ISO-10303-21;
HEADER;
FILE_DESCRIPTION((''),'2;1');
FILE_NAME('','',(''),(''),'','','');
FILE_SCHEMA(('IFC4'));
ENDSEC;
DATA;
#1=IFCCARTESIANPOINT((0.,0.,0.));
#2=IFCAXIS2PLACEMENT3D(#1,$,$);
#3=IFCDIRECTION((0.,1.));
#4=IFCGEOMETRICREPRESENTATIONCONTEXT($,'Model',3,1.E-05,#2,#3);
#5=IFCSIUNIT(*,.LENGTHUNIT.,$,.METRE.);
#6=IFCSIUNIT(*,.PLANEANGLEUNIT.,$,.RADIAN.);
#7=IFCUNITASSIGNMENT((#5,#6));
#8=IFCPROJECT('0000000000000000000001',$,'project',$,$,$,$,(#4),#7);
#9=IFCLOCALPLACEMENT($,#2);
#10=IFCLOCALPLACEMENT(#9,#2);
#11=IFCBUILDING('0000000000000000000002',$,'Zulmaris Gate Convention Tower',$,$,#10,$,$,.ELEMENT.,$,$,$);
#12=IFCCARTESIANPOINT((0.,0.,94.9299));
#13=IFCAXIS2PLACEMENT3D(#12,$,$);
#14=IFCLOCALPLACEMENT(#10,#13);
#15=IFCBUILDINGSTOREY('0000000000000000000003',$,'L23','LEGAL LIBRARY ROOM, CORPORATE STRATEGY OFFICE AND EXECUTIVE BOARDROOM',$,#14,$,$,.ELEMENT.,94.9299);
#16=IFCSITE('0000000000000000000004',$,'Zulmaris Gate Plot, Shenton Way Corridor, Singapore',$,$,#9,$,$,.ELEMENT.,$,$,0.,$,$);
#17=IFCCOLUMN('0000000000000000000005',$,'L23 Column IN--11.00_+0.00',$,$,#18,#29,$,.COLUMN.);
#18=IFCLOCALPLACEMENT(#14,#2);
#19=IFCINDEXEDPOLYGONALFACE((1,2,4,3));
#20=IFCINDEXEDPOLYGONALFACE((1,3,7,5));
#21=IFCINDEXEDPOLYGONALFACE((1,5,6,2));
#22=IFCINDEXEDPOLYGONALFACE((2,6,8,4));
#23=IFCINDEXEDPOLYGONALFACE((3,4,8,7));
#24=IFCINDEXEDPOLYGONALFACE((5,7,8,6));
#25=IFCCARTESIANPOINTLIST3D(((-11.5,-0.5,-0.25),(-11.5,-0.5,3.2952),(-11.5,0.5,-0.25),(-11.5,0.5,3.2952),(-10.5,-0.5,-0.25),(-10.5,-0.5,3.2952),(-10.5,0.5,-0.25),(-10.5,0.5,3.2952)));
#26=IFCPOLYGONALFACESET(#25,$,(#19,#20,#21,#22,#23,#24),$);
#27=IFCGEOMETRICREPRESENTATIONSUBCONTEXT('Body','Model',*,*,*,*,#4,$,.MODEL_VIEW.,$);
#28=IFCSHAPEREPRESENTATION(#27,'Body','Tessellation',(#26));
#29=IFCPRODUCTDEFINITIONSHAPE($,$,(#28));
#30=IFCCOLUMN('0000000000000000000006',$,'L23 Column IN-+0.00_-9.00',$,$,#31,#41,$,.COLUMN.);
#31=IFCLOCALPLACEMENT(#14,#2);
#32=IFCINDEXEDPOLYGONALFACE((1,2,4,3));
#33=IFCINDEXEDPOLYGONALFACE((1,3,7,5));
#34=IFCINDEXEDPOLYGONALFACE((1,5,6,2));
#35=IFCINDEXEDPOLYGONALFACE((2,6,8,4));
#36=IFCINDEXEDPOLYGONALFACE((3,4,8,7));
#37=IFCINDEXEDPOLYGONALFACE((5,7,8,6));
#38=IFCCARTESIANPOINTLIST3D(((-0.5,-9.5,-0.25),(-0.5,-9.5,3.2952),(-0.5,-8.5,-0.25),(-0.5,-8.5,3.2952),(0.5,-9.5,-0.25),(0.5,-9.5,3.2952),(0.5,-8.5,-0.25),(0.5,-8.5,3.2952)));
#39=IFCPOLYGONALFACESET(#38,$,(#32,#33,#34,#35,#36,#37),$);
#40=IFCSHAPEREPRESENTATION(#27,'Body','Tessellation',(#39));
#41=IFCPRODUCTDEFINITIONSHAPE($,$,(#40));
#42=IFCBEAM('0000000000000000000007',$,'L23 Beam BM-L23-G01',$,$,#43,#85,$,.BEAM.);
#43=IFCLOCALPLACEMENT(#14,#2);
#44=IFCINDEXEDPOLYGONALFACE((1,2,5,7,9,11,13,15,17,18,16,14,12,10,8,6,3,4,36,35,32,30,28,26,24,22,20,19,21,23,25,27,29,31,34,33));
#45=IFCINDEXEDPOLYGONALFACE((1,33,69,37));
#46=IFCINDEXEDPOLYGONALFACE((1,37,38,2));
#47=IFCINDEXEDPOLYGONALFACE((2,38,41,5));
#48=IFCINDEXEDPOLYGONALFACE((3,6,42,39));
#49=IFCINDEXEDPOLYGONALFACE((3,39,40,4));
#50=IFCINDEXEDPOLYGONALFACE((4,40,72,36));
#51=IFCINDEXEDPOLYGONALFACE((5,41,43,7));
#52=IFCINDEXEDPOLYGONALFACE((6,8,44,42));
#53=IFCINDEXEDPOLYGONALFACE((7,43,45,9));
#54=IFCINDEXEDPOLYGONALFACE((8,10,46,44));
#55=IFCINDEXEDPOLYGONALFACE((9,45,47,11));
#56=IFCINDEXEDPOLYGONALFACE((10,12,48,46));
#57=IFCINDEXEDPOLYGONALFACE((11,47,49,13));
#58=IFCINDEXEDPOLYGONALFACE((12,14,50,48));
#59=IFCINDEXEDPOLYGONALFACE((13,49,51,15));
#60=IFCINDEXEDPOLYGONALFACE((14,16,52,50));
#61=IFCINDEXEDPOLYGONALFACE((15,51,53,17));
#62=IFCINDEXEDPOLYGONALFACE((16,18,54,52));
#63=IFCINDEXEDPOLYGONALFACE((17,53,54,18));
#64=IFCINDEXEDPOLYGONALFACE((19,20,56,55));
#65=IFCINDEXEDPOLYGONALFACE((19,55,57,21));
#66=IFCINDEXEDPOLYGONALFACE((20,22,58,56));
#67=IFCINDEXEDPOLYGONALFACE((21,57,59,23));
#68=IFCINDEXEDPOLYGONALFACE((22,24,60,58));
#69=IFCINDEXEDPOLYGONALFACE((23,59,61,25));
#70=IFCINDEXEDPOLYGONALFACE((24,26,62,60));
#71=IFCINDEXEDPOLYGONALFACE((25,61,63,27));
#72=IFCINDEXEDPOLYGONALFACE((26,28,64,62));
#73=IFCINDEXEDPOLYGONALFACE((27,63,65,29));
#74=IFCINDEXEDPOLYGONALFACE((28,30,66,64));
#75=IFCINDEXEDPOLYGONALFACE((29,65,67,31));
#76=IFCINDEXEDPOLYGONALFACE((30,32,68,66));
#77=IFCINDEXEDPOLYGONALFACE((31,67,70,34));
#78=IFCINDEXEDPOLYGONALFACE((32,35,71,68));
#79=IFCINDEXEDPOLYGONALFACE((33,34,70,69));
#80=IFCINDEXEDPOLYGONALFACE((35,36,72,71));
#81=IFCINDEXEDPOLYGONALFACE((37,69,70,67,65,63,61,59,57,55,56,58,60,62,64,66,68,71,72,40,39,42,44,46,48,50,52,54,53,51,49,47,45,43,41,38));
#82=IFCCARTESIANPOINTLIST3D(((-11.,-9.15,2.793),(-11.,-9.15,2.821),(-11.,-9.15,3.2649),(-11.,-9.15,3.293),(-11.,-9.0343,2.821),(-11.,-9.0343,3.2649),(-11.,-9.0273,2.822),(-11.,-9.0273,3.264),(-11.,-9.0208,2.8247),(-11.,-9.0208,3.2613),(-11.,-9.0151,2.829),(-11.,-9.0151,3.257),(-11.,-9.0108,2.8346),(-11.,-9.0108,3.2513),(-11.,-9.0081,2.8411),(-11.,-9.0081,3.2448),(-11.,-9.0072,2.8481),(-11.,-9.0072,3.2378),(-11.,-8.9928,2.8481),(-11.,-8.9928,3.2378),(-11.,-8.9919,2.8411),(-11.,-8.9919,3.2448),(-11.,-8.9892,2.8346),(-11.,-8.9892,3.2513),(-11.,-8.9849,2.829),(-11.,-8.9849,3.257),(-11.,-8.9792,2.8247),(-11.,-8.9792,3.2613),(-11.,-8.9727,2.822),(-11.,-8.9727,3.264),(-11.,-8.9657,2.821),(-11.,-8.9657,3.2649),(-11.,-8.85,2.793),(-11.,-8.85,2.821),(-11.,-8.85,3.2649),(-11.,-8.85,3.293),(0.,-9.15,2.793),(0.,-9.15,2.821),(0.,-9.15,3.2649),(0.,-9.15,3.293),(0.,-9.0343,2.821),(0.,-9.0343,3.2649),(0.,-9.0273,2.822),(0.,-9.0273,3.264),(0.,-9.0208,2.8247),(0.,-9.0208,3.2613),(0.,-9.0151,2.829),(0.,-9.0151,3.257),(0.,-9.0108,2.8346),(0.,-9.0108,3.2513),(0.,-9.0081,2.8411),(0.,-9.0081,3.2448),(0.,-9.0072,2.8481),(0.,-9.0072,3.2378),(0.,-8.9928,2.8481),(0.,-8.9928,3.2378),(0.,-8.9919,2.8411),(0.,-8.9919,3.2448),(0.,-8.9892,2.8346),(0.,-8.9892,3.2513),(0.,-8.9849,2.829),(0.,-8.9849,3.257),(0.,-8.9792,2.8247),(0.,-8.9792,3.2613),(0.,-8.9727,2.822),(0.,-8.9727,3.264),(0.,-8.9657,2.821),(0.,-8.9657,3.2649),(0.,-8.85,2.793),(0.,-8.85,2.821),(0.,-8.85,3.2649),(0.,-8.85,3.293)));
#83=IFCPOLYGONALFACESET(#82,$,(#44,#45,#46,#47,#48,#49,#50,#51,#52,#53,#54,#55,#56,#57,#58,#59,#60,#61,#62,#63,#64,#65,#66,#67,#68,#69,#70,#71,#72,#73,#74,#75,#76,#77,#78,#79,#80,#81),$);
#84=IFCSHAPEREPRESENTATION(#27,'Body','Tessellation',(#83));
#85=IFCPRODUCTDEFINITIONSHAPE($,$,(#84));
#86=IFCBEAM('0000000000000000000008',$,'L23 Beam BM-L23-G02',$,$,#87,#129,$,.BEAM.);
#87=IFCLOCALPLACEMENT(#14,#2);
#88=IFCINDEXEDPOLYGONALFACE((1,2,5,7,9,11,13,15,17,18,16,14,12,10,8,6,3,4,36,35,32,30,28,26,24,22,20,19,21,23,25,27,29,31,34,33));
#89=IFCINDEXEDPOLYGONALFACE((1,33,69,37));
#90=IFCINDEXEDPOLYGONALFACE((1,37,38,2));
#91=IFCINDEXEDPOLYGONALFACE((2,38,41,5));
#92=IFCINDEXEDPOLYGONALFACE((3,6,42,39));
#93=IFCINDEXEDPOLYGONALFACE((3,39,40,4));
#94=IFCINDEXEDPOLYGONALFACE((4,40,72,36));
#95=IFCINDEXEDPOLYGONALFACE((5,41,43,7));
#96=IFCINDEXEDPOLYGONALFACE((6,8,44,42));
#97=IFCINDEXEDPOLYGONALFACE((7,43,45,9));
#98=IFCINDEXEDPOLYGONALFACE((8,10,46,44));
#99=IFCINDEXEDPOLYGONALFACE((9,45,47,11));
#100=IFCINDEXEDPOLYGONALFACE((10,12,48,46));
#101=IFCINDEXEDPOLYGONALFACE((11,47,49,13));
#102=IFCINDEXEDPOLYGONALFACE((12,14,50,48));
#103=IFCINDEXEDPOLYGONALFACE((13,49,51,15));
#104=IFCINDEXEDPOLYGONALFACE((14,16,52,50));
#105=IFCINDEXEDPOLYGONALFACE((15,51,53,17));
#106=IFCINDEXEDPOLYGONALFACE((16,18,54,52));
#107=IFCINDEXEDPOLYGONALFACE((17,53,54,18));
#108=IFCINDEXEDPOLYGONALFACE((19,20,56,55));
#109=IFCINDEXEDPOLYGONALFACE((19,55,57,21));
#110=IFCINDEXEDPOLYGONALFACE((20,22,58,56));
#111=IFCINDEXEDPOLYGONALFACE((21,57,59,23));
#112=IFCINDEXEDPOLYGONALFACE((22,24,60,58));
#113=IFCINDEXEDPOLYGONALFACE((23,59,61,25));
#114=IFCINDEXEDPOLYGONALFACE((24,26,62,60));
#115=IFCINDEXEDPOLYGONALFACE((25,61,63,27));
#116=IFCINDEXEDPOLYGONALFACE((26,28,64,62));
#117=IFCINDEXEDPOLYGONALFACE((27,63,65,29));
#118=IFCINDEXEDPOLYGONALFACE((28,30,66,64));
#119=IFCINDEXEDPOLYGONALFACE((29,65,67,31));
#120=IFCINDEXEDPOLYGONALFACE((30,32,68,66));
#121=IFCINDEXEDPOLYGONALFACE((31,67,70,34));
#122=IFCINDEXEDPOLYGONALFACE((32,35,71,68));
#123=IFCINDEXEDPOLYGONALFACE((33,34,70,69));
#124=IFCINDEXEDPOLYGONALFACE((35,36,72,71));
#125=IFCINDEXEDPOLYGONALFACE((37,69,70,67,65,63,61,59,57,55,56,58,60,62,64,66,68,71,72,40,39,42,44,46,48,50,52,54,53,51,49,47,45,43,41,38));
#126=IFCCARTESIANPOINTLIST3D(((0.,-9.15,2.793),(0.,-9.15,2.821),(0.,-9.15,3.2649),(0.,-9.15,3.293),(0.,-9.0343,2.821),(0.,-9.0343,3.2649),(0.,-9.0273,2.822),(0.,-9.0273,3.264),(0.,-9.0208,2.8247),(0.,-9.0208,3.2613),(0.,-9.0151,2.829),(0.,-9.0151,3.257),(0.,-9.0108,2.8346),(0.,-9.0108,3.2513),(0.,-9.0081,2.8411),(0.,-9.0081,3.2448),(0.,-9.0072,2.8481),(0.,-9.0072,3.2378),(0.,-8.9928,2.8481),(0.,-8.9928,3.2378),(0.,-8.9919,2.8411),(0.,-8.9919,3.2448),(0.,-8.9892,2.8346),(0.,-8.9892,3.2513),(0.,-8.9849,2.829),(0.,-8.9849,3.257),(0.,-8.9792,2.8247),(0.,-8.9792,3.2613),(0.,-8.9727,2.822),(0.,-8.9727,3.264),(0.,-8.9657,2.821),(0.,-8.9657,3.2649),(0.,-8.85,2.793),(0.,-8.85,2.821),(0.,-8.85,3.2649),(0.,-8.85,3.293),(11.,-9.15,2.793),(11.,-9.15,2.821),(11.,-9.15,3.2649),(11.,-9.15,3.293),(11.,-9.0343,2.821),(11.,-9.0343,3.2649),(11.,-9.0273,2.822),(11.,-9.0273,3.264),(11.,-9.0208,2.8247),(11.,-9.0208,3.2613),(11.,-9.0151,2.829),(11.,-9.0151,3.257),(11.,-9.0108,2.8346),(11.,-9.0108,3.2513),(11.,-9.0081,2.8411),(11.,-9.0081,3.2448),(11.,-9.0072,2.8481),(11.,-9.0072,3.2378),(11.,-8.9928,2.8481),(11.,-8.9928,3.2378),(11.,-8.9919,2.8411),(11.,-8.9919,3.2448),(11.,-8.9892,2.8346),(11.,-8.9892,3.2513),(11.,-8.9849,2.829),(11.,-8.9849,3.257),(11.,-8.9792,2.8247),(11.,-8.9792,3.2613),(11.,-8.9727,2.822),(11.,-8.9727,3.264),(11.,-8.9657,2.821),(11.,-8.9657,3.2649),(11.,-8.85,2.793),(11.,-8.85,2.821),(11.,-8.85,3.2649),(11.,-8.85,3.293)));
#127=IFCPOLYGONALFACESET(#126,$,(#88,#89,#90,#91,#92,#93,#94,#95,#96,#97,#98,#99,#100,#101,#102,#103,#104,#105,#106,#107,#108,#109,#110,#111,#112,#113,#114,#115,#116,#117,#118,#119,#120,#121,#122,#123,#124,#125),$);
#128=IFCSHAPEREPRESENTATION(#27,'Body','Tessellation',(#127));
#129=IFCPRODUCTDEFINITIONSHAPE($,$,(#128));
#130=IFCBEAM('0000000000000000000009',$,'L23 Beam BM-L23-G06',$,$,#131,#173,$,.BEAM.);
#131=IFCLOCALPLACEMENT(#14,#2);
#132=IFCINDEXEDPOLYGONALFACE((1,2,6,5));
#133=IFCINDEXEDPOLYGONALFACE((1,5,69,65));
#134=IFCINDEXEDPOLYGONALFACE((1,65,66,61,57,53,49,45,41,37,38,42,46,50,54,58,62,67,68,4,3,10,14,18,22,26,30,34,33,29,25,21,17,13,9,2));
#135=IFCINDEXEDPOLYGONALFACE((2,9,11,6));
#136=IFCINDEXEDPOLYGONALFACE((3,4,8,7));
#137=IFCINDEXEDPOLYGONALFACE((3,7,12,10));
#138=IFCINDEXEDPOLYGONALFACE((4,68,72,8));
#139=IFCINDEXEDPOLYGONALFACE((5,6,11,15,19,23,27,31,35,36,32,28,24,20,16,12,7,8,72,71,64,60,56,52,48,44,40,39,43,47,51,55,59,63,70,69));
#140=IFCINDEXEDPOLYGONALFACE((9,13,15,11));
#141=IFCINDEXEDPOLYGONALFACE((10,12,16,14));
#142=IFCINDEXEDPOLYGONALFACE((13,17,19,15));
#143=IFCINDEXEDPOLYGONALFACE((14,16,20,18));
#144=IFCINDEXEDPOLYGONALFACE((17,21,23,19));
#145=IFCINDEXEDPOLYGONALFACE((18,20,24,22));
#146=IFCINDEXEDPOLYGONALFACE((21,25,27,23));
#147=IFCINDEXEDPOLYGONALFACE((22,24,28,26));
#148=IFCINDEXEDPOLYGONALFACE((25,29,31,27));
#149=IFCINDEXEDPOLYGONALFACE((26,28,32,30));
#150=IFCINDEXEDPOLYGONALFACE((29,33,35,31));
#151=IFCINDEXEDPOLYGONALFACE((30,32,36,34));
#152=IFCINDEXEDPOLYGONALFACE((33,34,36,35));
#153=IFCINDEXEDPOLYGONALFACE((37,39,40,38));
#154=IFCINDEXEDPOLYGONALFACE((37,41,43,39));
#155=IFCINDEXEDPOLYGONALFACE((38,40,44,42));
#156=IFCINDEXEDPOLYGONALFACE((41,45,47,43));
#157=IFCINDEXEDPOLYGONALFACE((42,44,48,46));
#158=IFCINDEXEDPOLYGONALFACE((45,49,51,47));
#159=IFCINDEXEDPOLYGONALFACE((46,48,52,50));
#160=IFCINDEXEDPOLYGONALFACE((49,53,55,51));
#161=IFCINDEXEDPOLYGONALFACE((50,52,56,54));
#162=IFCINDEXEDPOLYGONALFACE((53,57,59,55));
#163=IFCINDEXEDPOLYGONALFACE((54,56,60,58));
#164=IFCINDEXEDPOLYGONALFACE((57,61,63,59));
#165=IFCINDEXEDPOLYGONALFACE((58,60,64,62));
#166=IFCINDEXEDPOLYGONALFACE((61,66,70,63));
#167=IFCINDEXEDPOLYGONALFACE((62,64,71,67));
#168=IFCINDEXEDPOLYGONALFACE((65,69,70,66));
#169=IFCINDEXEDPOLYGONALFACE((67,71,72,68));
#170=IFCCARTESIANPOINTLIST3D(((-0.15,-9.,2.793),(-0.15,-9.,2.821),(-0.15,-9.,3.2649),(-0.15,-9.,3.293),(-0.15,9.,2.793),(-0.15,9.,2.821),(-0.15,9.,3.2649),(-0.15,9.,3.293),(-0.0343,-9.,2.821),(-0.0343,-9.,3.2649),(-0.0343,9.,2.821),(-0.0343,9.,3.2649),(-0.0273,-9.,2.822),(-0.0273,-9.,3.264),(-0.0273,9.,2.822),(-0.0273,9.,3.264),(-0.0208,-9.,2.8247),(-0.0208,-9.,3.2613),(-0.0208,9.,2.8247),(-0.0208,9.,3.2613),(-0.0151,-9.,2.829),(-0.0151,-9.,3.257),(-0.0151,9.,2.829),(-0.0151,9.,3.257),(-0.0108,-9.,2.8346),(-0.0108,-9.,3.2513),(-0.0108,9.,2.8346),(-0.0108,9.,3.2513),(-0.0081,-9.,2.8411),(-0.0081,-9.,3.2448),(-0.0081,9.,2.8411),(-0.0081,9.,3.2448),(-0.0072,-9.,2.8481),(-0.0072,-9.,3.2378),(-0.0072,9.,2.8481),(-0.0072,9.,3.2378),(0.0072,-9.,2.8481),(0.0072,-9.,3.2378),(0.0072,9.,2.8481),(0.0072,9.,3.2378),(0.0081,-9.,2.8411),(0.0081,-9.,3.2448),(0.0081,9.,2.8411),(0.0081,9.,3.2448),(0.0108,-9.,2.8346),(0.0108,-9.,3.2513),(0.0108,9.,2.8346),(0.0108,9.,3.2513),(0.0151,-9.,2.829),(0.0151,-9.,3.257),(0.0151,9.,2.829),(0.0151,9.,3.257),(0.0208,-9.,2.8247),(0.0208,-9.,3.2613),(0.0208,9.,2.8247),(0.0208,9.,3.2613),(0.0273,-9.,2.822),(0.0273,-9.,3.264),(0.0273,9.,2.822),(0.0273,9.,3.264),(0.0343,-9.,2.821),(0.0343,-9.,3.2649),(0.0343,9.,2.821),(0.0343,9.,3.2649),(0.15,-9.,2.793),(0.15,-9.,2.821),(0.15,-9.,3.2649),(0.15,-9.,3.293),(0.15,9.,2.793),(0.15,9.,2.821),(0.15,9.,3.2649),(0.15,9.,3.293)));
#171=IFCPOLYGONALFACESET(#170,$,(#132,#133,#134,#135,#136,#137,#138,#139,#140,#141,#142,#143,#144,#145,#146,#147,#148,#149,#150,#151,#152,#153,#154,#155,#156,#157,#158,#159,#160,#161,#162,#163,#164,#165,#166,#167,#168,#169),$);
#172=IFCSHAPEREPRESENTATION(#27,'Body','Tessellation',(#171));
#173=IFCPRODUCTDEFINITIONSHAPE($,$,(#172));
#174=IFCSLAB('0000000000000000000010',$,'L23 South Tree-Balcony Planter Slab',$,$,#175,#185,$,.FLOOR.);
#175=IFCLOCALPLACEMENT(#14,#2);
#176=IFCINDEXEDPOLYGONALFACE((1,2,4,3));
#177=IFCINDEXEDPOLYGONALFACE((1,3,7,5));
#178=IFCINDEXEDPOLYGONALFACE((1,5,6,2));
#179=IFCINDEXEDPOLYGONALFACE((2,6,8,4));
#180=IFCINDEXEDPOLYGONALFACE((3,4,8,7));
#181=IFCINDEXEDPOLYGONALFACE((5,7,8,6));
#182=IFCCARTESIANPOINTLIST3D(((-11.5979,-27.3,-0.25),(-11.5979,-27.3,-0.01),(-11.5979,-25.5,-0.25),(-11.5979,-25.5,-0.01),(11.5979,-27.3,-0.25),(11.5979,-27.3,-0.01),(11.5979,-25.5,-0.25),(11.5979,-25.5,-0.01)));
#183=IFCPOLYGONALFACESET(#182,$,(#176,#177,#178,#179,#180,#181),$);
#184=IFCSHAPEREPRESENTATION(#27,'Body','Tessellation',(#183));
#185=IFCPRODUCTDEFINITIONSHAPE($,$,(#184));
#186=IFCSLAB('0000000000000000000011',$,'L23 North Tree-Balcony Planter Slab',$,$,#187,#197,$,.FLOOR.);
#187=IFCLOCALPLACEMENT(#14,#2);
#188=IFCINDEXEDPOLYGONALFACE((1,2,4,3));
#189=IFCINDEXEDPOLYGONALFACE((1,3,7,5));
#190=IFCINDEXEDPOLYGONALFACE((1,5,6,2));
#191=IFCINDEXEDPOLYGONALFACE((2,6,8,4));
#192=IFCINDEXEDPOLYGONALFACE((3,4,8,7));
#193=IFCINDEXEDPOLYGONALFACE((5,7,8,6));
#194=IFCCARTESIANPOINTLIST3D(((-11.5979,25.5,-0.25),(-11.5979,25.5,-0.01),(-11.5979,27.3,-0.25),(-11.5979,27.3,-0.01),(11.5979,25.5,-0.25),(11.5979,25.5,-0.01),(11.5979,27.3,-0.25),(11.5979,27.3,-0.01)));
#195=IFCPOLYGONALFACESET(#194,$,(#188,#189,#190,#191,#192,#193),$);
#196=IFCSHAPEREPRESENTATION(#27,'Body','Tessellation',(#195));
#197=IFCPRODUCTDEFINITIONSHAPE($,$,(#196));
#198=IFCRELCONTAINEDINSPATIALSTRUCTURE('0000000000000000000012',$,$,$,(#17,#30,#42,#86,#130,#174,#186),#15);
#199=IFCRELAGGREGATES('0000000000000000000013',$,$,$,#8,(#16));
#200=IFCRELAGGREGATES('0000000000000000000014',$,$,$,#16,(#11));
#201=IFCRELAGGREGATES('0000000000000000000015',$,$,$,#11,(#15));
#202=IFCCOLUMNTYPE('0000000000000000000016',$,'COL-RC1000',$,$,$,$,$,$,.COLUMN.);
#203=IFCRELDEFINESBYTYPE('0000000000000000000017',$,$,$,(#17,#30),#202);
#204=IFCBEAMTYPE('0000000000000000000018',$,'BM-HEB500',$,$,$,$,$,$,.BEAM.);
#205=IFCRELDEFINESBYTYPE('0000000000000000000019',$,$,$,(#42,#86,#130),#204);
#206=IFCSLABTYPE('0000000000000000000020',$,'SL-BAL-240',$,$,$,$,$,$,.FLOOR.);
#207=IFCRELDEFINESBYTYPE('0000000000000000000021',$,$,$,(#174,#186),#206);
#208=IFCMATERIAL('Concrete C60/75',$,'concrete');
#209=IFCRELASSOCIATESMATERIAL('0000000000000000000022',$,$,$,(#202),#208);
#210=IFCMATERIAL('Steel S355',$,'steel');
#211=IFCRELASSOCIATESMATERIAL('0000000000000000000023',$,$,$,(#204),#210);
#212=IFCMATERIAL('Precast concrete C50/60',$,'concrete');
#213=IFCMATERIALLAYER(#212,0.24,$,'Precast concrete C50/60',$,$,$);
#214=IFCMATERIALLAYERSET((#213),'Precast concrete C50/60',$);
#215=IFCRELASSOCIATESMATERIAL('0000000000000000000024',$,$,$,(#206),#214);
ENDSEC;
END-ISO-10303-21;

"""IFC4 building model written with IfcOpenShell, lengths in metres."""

from ifc_helpers import new_model, si_unit, direction, frame, origin, origin_2d, place, context, subcontext, project, spatial, polyline, rectangle, i_section, outline, extrude, material, layer, layer_set, material_profile, profile_set, type_object, element, save


model = new_model("IFC4")

# Units and contexts
model_context = context("Model", 3, precision=1e-05, world=origin(), true_north=direction((0.0, 1.0)))
body_context = subcontext(model_context, "Body", "Model", "MODEL_VIEW")
ifc_project = project(units=[si_unit("LENGTHUNIT", "METRE"), si_unit("PLANEANGLEUNIT", "RADIAN")], contexts=[model_context])

# Site, building, storey
site_placement = place(None, origin())
site = spatial("IfcSite", under=ifc_project, at=site_placement, Name="Zulmaris Gate Plot, Shenton Way Corridor, Singapore", CompositionType="ELEMENT", RefElevation=0.0)
building_placement = place(site_placement, origin())
building = spatial("IfcBuilding", under=site, at=building_placement, Name="Zulmaris Gate Convention Tower", CompositionType="ELEMENT")
storey_placement = place(building_placement, frame((0.0, 0.0, 94.9299)))
storey = spatial("IfcBuildingStorey", under=building, at=storey_placement, Name="L23", Description="LEGAL LIBRARY ROOM, CORPORATE STRATEGY OFFICE AND EXECUTIVE BOARDROOM", CompositionType="ELEMENT", Elevation=94.9299)

# Columns
ifc_material_1 = material(Name="Concrete C60/75", Category="concrete")
ifc_material_profile_1 = material_profile(ifc_material_1, rectangle(XDim=1.0, YDim=1.0, at=origin_2d()), Name="RC COL 1000x1000")
ifc_profile_set_1 = profile_set([ifc_material_profile_1], Name="Concrete C60/75")
column_type = type_object("IfcColumnType", Name="COL-RC1000", PredefinedType="COLUMN", material=ifc_profile_set_1)
for number, where, z_axis, x_axis, name in (
    (1, (-11.0, 0.0, -0.25), (0.0, 0.0, 1.0), (1.0, 0.0, 0.0), "L23 Column IN--11.00_+0.00"),
    (2, (0.0, -9.0, -0.25), (0.0, 0.0, 1.0), (1.0, 0.0, 0.0), "L23 Column IN-+0.00_-9.00"),
):
    element("IfcColumn", number, at=place(storey_placement, frame(where, z_axis=z_axis, x_axis=x_axis)), inside=storey, type_object=column_type, Name=name, PredefinedType="COLUMN", context=body_context, shape_type="SweptSolid", body=[
        extrude(rectangle(XDim=1.0, YDim=1.0, at=origin_2d()), origin(), (0.0, 0.0, 1.0), 3.5452),
    ])

# Beams
ifc_material_2 = material(Name="Steel S355", Category="steel")
ifc_material_profile_2 = material_profile(ifc_material_2, i_section(OverallWidth=0.3, OverallDepth=0.5, WebThickness=0.0144, FlangeThickness=0.0281, FilletRadius=0.0271, at=origin_2d()), Name="HEB 500")
ifc_profile_set_2 = profile_set([ifc_material_profile_2], Name="Steel S355")
beam_type = type_object("IfcBeamType", Name="BM-HEB500", PredefinedType="BEAM", material=ifc_profile_set_2)
for number, where, z_axis, x_axis, name in (
    (3, (-11.0, -9.0, 3.043), (1.0, 0.0, 0.0), (0.0, 1.0, 0.0), "L23 Beam BM-L23-G01"),
    (4, (0.0, -9.0, 3.043), (1.0, 0.0, 0.0), (0.0, 1.0, 0.0), "L23 Beam BM-L23-G02"),
):
    element("IfcBeam", number, at=place(storey_placement, frame(where, z_axis=z_axis, x_axis=x_axis)), inside=storey, type_object=beam_type, Name=name, PredefinedType="BEAM", context=body_context, shape_type="SweptSolid", body=[
        extrude(i_section(OverallWidth=0.3, OverallDepth=0.5, WebThickness=0.0144, FlangeThickness=0.0281, FilletRadius=0.0271, at=origin_2d()), origin(), (0.0, 0.0, 1.0), 11.0),
    ])
beam_placement = place(storey_placement, frame((0.0, -9.0, 3.043), z_axis=(0.0, 1.0, 0.0), x_axis=(-1.0, 0.0, 0.0)))
element("IfcBeam", 5, at=beam_placement, inside=storey, type_object=beam_type, Name="L23 Beam BM-L23-G06", PredefinedType="BEAM", context=body_context, shape_type="SweptSolid", body=[
    extrude(i_section(OverallWidth=0.3, OverallDepth=0.5, WebThickness=0.0144, FlangeThickness=0.0281, FilletRadius=0.0271, at=origin_2d()), origin(), (0.0, 0.0, 1.0), 18.0),
])

# Slabs
ifc_material_3 = material(Name="Precast concrete C50/60", Category="concrete")
ifc_layer_1 = layer(ifc_material_3, 0.24, Name="Precast concrete C50/60")
ifc_layer_set_1 = layer_set([ifc_layer_1], Name="Precast concrete C50/60")
slab_type_1 = type_object("IfcSlabType", Name="SL-BAL-240", PredefinedType="FLOOR", material=ifc_layer_set_1)
slab_1_placement = place(storey_placement, frame((0.0, 0.0, -0.25)))
element("IfcSlab", 6, at=slab_1_placement, inside=storey, type_object=slab_type_1, Name="L23 South Tree-Balcony Planter Slab", PredefinedType="FLOOR", context=body_context, shape_type="SweptSolid", body=[
    extrude(outline(polyline([(-11.5979, -27.3), (-11.5979, -25.5), (11.5979, -25.5), (11.5979, -27.3), (-11.5979, -27.3)])), origin(), (0.0, 0.0, 1.0), 0.24),
])
slab_2_placement = place(storey_placement, frame((0.0, 0.0, -0.25)))
element("IfcSlab", 7, at=slab_2_placement, inside=storey, type_object=slab_type_1, Name="L23 North Tree-Balcony Planter Slab", PredefinedType="FLOOR", context=body_context, shape_type="SweptSolid", body=[
    extrude(outline(polyline([(11.5979, 27.3), (11.5979, 25.5), (-11.5979, 25.5), (-11.5979, 27.3), (11.5979, 27.3)])), origin(), (0.0, 0.0, 1.0), 0.24),
])

save(model, "model.ifc")
